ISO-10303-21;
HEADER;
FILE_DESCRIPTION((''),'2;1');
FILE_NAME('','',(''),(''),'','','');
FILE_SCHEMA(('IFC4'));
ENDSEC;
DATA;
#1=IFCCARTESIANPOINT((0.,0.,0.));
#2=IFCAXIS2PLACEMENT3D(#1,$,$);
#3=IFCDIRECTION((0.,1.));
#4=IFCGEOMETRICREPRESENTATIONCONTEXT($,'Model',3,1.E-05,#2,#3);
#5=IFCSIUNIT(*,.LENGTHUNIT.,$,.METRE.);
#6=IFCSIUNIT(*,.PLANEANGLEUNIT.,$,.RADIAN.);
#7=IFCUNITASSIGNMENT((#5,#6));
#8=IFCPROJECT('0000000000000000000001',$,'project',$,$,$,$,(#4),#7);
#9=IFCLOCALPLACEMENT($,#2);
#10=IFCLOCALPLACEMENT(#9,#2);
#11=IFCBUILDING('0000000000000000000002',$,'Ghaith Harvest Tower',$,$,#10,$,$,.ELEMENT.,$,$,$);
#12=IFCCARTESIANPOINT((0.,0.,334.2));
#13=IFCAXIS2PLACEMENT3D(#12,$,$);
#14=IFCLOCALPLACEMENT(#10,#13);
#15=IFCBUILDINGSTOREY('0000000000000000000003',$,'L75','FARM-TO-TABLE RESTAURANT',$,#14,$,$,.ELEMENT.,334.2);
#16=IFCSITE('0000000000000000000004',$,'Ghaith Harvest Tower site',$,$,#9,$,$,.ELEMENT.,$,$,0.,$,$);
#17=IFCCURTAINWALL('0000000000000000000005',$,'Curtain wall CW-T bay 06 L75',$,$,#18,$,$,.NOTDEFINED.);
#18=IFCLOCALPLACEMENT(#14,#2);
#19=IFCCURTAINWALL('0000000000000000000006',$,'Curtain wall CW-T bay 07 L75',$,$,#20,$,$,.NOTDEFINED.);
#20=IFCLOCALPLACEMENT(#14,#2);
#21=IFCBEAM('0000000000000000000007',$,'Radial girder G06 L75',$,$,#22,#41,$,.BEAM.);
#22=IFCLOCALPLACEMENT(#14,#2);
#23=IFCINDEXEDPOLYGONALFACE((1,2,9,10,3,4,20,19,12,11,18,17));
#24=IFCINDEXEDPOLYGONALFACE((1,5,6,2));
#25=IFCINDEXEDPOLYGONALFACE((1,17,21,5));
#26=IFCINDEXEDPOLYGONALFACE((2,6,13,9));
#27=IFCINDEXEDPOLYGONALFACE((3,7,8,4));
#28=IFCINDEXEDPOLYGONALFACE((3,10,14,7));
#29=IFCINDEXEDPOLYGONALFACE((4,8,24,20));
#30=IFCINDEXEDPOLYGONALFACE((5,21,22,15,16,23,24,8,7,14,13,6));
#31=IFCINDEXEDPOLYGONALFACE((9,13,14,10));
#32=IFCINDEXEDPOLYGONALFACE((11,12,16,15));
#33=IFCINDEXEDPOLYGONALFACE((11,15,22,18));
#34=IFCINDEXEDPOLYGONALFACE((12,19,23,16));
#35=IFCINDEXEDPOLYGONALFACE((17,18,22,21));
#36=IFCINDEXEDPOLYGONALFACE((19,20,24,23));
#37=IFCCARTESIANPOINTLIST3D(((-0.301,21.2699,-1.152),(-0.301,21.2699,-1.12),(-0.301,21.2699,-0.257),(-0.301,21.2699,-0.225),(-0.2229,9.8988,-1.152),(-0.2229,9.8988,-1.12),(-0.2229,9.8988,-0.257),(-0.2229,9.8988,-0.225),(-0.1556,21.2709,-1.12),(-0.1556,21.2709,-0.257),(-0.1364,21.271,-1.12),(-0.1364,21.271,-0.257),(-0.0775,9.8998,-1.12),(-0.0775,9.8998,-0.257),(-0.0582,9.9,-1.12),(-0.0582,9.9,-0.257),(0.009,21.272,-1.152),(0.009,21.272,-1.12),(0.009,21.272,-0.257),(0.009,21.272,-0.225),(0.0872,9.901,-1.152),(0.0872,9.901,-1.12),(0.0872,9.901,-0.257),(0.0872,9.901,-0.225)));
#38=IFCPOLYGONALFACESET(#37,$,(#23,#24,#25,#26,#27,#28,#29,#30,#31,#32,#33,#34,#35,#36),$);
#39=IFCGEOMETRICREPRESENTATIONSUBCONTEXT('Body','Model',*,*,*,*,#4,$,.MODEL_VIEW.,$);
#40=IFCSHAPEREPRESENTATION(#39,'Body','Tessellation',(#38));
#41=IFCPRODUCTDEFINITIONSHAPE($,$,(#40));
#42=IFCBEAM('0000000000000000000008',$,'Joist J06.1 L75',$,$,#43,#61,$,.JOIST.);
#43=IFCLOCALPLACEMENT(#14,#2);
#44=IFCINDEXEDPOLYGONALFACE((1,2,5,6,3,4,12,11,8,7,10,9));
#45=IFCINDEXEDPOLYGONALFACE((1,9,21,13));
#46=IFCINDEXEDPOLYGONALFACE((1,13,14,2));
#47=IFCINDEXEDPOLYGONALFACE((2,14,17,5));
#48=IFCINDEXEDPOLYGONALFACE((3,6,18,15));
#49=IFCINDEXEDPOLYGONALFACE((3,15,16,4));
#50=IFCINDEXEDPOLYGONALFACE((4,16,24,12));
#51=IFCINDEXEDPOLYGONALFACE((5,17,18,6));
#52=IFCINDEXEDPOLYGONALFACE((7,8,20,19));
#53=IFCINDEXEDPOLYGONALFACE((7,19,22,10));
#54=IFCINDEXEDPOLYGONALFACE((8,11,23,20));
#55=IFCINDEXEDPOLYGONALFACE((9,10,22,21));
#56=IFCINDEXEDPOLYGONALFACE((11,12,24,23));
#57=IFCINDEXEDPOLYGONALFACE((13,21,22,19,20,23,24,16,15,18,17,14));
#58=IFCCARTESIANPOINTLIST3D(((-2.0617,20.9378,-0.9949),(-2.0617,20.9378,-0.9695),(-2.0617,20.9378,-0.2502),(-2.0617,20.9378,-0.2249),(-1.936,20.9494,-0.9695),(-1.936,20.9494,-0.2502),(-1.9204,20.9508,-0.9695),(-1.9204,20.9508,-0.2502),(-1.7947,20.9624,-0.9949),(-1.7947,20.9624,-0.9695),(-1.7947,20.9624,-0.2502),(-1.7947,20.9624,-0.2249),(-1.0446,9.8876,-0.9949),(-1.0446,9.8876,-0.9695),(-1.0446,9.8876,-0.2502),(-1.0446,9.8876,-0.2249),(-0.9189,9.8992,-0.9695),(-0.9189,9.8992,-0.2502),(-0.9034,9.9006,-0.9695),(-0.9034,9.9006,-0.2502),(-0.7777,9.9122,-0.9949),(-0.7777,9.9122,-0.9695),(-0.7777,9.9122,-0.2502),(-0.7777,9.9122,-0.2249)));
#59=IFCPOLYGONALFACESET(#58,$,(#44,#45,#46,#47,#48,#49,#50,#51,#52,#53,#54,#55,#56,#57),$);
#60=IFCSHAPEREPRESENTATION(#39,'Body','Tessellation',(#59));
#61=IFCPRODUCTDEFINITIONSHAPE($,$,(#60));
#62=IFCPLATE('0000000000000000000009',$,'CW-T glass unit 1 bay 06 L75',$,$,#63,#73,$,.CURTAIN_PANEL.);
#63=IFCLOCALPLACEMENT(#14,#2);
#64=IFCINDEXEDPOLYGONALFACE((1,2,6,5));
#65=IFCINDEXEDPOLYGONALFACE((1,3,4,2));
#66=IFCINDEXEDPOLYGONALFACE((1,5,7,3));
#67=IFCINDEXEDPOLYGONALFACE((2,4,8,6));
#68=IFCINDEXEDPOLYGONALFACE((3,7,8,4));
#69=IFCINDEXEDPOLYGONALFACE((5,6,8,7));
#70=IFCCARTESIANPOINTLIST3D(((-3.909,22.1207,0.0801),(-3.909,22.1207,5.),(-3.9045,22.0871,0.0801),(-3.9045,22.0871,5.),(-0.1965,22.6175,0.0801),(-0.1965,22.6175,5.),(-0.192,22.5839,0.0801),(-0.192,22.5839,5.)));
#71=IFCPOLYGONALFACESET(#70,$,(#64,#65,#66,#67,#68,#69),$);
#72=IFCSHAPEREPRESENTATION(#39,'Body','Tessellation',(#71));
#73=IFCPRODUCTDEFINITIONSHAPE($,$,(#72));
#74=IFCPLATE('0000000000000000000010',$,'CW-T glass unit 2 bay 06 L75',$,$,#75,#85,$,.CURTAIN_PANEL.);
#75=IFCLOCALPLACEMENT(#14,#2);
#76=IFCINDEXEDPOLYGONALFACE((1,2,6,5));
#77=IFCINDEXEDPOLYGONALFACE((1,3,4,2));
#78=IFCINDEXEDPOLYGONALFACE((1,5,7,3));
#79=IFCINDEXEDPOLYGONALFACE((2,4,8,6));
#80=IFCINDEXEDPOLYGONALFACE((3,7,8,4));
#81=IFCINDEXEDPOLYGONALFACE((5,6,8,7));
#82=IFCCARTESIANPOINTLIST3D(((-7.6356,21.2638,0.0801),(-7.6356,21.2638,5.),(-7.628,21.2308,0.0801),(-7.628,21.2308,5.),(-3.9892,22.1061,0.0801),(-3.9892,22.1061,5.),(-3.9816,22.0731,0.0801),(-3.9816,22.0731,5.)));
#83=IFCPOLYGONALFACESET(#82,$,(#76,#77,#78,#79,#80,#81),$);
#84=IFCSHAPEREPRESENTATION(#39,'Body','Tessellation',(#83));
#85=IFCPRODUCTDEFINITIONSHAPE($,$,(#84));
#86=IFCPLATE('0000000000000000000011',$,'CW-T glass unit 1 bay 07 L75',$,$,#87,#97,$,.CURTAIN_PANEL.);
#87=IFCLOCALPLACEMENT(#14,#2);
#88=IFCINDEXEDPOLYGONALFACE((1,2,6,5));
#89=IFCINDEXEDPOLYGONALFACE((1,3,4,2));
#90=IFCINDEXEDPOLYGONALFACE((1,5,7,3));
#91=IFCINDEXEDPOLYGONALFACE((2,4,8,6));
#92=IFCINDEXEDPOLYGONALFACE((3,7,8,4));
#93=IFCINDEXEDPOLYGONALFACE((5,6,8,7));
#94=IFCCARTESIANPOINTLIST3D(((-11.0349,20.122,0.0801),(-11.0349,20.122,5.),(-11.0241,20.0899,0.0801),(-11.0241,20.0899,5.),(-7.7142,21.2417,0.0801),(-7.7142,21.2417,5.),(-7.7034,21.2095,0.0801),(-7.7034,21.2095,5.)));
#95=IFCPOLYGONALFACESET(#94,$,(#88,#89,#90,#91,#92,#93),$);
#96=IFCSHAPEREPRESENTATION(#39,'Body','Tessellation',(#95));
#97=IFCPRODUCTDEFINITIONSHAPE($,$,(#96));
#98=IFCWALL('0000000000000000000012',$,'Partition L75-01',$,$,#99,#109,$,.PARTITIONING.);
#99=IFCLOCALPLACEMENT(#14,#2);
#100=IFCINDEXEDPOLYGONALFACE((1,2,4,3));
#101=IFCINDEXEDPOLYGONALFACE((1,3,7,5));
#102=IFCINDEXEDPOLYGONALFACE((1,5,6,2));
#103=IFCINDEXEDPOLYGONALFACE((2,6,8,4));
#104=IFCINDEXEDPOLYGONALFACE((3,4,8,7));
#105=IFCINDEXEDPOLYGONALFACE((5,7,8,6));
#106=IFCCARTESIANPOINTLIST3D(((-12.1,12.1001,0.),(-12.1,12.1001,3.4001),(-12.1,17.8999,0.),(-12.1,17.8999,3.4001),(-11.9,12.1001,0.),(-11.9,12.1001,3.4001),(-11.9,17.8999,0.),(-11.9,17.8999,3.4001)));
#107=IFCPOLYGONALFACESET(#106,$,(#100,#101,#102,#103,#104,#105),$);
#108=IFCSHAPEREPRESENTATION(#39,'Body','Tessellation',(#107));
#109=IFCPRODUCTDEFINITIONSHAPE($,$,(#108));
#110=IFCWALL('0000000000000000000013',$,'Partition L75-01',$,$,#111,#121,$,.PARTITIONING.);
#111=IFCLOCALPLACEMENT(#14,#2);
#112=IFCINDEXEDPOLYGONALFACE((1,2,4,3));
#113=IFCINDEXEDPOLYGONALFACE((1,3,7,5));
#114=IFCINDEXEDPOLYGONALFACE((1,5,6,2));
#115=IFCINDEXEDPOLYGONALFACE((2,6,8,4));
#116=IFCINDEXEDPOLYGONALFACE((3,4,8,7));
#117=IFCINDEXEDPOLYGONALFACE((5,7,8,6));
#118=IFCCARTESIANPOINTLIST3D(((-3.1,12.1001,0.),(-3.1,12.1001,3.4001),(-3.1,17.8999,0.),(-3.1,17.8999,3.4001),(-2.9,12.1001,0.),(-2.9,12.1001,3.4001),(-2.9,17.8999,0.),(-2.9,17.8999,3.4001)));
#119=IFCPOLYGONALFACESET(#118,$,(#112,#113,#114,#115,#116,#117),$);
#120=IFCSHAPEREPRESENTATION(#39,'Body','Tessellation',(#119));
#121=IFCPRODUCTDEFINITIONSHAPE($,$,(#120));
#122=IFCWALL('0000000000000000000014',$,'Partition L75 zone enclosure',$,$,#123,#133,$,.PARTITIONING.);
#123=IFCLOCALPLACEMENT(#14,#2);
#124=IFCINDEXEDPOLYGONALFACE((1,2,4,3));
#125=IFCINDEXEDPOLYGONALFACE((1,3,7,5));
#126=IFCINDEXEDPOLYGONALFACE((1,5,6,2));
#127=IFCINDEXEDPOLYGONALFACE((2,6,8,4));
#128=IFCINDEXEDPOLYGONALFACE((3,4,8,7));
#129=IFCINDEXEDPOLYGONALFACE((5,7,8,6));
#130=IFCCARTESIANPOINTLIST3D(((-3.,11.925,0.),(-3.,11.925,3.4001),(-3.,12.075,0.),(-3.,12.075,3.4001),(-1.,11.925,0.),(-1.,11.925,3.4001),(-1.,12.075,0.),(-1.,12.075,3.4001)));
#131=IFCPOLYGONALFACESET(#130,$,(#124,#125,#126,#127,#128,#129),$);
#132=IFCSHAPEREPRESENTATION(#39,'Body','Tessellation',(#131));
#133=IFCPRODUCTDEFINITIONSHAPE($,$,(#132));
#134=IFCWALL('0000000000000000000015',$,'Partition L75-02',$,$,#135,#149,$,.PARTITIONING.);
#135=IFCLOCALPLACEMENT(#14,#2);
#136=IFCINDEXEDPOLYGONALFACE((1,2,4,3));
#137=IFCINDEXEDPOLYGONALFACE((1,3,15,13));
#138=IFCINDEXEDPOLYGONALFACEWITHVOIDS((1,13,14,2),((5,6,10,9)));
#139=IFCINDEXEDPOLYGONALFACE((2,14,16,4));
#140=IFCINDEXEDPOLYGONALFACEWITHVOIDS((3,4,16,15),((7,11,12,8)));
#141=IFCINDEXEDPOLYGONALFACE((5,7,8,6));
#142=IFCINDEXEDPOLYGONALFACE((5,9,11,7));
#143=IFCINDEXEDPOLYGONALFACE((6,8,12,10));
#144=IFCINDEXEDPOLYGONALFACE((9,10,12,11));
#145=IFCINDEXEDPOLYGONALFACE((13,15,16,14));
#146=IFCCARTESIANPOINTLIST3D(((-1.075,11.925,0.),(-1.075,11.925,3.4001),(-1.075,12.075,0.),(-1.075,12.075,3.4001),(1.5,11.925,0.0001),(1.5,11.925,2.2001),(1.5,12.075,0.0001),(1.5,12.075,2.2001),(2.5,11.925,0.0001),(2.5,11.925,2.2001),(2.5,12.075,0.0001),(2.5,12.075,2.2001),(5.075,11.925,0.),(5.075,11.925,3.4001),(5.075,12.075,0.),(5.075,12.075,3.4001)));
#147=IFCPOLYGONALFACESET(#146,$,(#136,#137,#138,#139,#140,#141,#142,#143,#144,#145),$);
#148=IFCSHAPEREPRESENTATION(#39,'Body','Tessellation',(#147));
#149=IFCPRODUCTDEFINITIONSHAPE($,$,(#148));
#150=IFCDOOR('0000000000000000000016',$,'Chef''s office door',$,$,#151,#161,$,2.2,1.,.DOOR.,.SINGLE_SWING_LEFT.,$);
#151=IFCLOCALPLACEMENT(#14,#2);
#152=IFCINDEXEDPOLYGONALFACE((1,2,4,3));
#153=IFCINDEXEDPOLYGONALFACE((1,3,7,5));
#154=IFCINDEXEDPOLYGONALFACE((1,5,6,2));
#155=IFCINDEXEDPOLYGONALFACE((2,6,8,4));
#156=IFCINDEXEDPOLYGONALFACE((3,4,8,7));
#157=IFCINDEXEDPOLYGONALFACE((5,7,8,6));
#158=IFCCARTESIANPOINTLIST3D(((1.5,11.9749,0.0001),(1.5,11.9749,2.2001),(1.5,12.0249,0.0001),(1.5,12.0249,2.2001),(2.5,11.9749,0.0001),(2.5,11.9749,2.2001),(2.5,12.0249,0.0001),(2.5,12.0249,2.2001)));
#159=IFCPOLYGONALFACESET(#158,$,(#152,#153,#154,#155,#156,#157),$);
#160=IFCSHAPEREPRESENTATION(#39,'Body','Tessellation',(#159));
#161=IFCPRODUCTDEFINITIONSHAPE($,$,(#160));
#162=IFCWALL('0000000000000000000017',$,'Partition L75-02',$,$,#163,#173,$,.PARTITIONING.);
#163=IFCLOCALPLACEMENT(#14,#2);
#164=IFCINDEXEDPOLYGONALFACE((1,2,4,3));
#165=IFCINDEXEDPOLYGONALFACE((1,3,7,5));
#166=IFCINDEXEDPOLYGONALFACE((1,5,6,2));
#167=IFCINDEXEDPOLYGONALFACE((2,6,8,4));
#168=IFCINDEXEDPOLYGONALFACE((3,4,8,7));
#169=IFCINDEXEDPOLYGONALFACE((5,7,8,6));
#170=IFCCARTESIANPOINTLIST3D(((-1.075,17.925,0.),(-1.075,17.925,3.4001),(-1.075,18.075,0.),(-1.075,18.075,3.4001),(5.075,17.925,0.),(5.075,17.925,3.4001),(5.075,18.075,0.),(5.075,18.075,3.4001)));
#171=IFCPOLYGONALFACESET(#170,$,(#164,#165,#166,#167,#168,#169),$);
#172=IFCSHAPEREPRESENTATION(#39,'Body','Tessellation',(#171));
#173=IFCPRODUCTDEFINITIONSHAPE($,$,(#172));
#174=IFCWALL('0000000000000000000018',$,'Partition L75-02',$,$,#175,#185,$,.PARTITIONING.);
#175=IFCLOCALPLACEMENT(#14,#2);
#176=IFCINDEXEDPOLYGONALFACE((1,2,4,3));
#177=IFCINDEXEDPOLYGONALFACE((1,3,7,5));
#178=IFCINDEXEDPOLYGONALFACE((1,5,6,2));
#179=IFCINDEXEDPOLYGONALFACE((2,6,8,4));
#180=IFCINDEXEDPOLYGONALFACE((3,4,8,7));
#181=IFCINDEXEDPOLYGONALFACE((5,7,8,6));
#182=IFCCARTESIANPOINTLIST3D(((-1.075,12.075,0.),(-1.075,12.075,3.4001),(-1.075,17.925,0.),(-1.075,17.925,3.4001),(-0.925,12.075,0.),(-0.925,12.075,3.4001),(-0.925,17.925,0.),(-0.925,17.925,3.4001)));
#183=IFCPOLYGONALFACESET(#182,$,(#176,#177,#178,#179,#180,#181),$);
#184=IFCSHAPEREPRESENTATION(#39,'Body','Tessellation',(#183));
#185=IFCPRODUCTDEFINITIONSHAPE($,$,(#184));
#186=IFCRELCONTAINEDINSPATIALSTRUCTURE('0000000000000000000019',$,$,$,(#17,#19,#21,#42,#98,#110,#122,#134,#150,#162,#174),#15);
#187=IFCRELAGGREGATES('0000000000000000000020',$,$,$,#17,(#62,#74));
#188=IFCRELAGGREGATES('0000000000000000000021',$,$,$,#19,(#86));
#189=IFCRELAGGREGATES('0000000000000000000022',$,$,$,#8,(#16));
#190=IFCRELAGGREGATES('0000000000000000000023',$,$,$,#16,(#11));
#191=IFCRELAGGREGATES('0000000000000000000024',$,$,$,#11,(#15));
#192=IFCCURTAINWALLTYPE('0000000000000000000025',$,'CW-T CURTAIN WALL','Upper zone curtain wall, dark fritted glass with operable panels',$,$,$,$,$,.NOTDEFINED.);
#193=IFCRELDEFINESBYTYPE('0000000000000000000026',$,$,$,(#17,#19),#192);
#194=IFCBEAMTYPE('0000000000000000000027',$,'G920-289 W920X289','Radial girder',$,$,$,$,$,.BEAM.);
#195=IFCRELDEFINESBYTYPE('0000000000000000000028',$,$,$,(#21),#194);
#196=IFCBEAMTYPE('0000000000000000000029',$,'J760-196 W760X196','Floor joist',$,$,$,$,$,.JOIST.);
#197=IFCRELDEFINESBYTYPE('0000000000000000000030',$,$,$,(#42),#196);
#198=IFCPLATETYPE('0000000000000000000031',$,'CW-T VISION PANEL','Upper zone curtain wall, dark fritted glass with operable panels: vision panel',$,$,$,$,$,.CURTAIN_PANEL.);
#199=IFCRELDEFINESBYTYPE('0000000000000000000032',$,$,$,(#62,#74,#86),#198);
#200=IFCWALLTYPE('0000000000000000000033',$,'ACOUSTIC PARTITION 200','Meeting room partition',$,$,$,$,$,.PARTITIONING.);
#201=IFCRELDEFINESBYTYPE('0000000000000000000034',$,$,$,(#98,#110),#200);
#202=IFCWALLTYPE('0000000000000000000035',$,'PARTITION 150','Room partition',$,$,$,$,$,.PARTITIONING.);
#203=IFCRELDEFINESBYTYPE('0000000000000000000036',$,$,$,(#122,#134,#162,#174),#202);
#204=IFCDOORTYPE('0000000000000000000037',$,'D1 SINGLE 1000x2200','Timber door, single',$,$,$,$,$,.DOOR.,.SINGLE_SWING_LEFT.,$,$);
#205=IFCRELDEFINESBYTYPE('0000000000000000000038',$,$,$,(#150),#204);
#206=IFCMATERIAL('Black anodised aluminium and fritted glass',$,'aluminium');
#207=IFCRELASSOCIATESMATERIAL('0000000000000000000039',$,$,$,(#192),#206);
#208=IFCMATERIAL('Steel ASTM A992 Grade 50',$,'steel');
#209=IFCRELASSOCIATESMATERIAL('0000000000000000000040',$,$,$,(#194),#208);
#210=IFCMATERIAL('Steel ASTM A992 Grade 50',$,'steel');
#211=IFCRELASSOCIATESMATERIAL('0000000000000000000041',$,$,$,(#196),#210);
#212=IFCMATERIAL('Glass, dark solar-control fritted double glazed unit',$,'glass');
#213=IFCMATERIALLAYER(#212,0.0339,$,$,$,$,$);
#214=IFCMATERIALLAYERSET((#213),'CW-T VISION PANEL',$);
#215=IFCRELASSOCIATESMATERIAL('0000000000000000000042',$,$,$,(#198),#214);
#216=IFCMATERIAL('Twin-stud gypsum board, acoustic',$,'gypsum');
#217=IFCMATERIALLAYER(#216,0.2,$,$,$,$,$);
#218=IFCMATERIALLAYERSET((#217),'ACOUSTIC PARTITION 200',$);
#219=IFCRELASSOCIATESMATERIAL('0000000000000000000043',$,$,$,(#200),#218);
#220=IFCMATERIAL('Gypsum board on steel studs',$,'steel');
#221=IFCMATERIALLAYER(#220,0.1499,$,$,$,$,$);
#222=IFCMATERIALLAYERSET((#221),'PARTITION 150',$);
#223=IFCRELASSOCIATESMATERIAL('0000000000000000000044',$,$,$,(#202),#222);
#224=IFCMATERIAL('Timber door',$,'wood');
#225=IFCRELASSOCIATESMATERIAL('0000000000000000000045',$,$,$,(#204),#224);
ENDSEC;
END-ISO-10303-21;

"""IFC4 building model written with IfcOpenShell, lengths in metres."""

from ifc_helpers import new_model, si_unit, direction, frame, frame_2d, origin, origin_2d, place, context, subcontext, project, spatial, rectangle, i_section, extrude, material, layer, layer_set, material_profile, profile_set, type_object, element, fill, aggregate, save


model = new_model("IFC4")

# Units and contexts
model_context = context("Model", 3, precision=1e-05, world=origin(), true_north=direction((0.0, 1.0)))
body_context = subcontext(model_context, "Body", "Model", "MODEL_VIEW")
ifc_project = project(units=[si_unit("LENGTHUNIT", "METRE"), si_unit("PLANEANGLEUNIT", "RADIAN")], contexts=[model_context])

# Site, building, storey
site_placement = place(None, origin())
site = spatial("IfcSite", under=ifc_project, at=site_placement, Name="Ghaith Harvest Tower site", CompositionType="ELEMENT", RefElevation=0.0)
building_placement = place(site_placement, origin())
building = spatial("IfcBuilding", under=site, at=building_placement, Name="Ghaith Harvest Tower", CompositionType="ELEMENT")
storey_placement = place(building_placement, frame((0.0, 0.0, 334.2)))
storey = spatial("IfcBuildingStorey", under=building, at=storey_placement, Name="L75", Description="FARM-TO-TABLE RESTAURANT", CompositionType="ELEMENT", Elevation=334.2)

# Curtain walls
ifc_material_1 = material(Name="Black anodised aluminium and fritted glass", Category="aluminium")
curtain_wall_type = type_object("IfcCurtainWallType", Name="CW-T CURTAIN WALL", Description="Upper zone curtain wall, dark fritted glass with operable panels", PredefinedType="NOTDEFINED", material=ifc_material_1)
curtain_wall_1_placement = place(storey_placement, origin())
curtain_wall_1 = element("IfcCurtainWall", 1, at=curtain_wall_1_placement, inside=storey, type_object=curtain_wall_type, Name="Curtain wall CW-T bay 06 L75", PredefinedType="NOTDEFINED")
curtain_wall_2_placement = place(storey_placement, origin())
curtain_wall_2 = element("IfcCurtainWall", 2, at=curtain_wall_2_placement, inside=storey, type_object=curtain_wall_type, Name="Curtain wall CW-T bay 07 L75", PredefinedType="NOTDEFINED")

# Beams
ifc_material_2 = material(Name="Steel ASTM A992 Grade 50", Category="steel")
ifc_material_profile_1 = material_profile(ifc_material_2, i_section(OverallWidth=0.3101, OverallDepth=0.927, WebThickness=0.0193, FlangeThickness=0.032, at=origin_2d()), Name="W920X289")
ifc_profile_set_1 = profile_set([ifc_material_profile_1], Name="Steel ASTM A992 Grade 50")
beam_type_1 = type_object("IfcBeamType", Name="G920-289 W920X289", Description="Radial girder", PredefinedType="BEAM", material=ifc_profile_set_1)
beam_1_placement = place(storey_placement, frame((-0.0679, 9.8999, -0.6885), z_axis=(-0.00687, 0.999976, 0.0), x_axis=(-0.999976, -0.00687, 0.0)))
element("IfcBeam", 3, at=beam_1_placement, inside=storey, type_object=beam_type_1, Name="Radial girder G06 L75", PredefinedType="BEAM", context=body_context, shape_type="SweptSolid", body=[
    extrude(i_section(OverallWidth=0.3101, OverallDepth=0.927, WebThickness=0.0193, FlangeThickness=0.032, at=origin_2d()), origin(), (0.0, 0.0, 1.0), 11.3713),
])
ifc_material_3 = material(Name="Steel ASTM A992 Grade 50", Category="steel")
ifc_material_profile_2 = material_profile(ifc_material_3, i_section(OverallWidth=0.2681, OverallDepth=0.77, WebThickness=0.0156, FlangeThickness=0.0254, at=origin_2d()), Name="W760X196")
ifc_profile_set_2 = profile_set([ifc_material_profile_2], Name="Steel ASTM A992 Grade 50")
beam_type_2 = type_object("IfcBeamType", Name="J760-196 W760X196", Description="Floor joist", PredefinedType="JOIST", material=ifc_profile_set_2)
beam_2_placement = place(storey_placement, frame((-0.9111, 9.8999, -0.6099), z_axis=(-0.091654, 0.995791, 0.0), x_axis=(-0.995791, -0.091654, 0.0)))
element("IfcBeam", 4, at=beam_2_placement, inside=storey, type_object=beam_type_2, Name="Joist J06.1 L75", PredefinedType="JOIST", context=body_context, shape_type="SweptSolid", body=[
    extrude(i_section(OverallWidth=0.2681, OverallDepth=0.77, WebThickness=0.0156, FlangeThickness=0.0254, at=origin_2d()), origin(), (0.0, 0.0, 1.0), 11.0969),
])

# Plates
ifc_material_4 = material(Name="Glass, dark solar-control fritted double glazed unit", Category="glass")
ifc_layer_1 = layer(ifc_material_4, 0.0339)
ifc_layer_set_1 = layer_set([ifc_layer_1], Name="CW-T VISION PANEL")
plate_type = type_object("IfcPlateType", Name="CW-T VISION PANEL", Description="Upper zone curtain wall, dark fritted glass with operable panels: vision panel", PredefinedType="CURTAIN_PANEL", material=ifc_layer_set_1)
plate_1_placement = place(storey_placement, frame((-2.0505, 22.3523, 0.0801), z_axis=(0.0, 0.0, 1.0), x_axis=(-0.991165, -0.132633, 0.0)))
plate_1 = element("IfcPlate", 5, at=plate_1_placement, type_object=plate_type, Name="CW-T glass unit 1 bay 06 L75", PredefinedType="CURTAIN_PANEL", context=body_context, shape_type="SweptSolid", body=[
    extrude(rectangle(XDim=3.7456, YDim=0.0339, at=origin_2d()), origin(), (0.0, 0.0, 1.0), 4.9199),
])
plate_2_placement = place(storey_placement, frame((-5.8086, 21.6685, 0.0801), z_axis=(0.0, 0.0, 1.0), x_axis=(-0.974342, -0.225072, 0.0)))
plate_2 = element("IfcPlate", 6, at=plate_2_placement, type_object=plate_type, Name="CW-T glass unit 2 bay 06 L75", PredefinedType="CURTAIN_PANEL", context=body_context, shape_type="SweptSolid", body=[
    extrude(rectangle(XDim=3.7424, YDim=0.0339, at=origin_2d()), origin(), (0.0, 0.0, 1.0), 4.9199),
])
aggregate(curtain_wall_1, [plate_1, plate_2])
plate_3_placement = place(storey_placement, frame((-9.3691, 20.6658, 0.0801), z_axis=(0.0, 0.0, 1.0), x_axis=(-0.947586, -0.3195, 0.0)))
plate_3 = element("IfcPlate", 7, at=plate_3_placement, type_object=plate_type, Name="CW-T glass unit 1 bay 07 L75", PredefinedType="CURTAIN_PANEL", context=body_context, shape_type="SweptSolid", body=[
    extrude(rectangle(XDim=3.5044, YDim=0.0339, at=origin_2d()), origin(), (0.0, 0.0, 1.0), 4.9199),
])
aggregate(curtain_wall_2, [plate_3])

# Walls
ifc_material_5 = material(Name="Twin-stud gypsum board, acoustic", Category="gypsum")
ifc_layer_2 = layer(ifc_material_5, 0.2)
ifc_layer_set_2 = layer_set([ifc_layer_2], Name="ACOUSTIC PARTITION 200")
wall_type_1 = type_object("IfcWallType", Name="ACOUSTIC PARTITION 200", Description="Meeting room partition", PredefinedType="PARTITIONING", material=ifc_layer_set_2)
for number, where, z_axis, x_axis, name in (
    (8, (-12.0, 12.1001, 0.0), (0.0, 0.0, 1.0), (0.0, 1.0, 0.0), "Partition L75-01"),
    (9, (-3.0, 12.1001, 0.0), (0.0, 0.0, 1.0), (0.0, 1.0, 0.0), "Partition L75-01"),
):
    element("IfcWall", number, at=place(storey_placement, frame(where, z_axis=z_axis, x_axis=x_axis)), inside=storey, type_object=wall_type_1, Name=name, PredefinedType="PARTITIONING", context=body_context, shape_type="SweptSolid", body=[
        extrude(rectangle(XDim=5.7998, YDim=0.2, at=frame_2d((2.8999, 0.0))), origin(), (0.0, 0.0, 1.0), 3.4001),
    ])
ifc_material_6 = material(Name="Gypsum board on steel studs", Category="steel")
ifc_layer_3 = layer(ifc_material_6, 0.1499)
ifc_layer_set_3 = layer_set([ifc_layer_3], Name="PARTITION 150")
wall_type_2 = type_object("IfcWallType", Name="PARTITION 150", Description="Room partition", PredefinedType="PARTITIONING", material=ifc_layer_set_3)
wall_1_placement = place(storey_placement, frame((-1.0, 12.0, 0.0), z_axis=(0.0, 0.0, 1.0), x_axis=(-1.0, 0.0, 0.0)))
element("IfcWall", 10, at=wall_1_placement, inside=storey, type_object=wall_type_2, Name="Partition L75 zone enclosure", PredefinedType="PARTITIONING", context=body_context, shape_type="SweptSolid", body=[
    extrude(rectangle(XDim=2.0, YDim=0.1499, at=frame_2d((1.0, 0.0))), origin(), (0.0, 0.0, 1.0), 3.4001),
])

# Wall, opening, door
wall_2_placement = place(storey_placement, frame((-1.075, 12.0, 0.0), z_axis=(0.0, 0.0, 1.0), x_axis=(1.0, 0.0, 0.0)))
wall_2 = element("IfcWall", 11, at=wall_2_placement, inside=storey, type_object=wall_type_2, Name="Partition L75-02", PredefinedType="PARTITIONING", context=body_context, shape_type="SweptSolid", body=[
    extrude(rectangle(XDim=6.1499, YDim=0.1499, at=frame_2d((3.075, 0.0))), origin(), (0.0, 0.0, 1.0), 3.4001),
])
opening_placement = place(wall_2_placement, frame((2.575, 0.0, 0.0)))
opening = element("IfcOpeningElement", 12, at=opening_placement, cuts=wall_2, PredefinedType="OPENING", context=body_context, shape_type="SweptSolid", body=[
    extrude(rectangle(XDim=1.0, YDim=2.2, at=frame_2d((0.5, 1.1001))), frame((0.0, 0.085, 0.0), z_axis=(0.0, -1.0, 0.0), x_axis=(1.0, 0.0, 0.0)), (0.0, 0.0, 1.0), 0.1699),
])
ifc_material_7 = material(Name="Timber door", Category="wood")
door_type = type_object("IfcDoorType", Name="D1 SINGLE 1000x2200", Description="Timber door, single", OperationType="SINGLE_SWING_LEFT", PredefinedType="DOOR", material=ifc_material_7)
door_placement = place(opening_placement, origin())
door = element("IfcDoor", 13, at=door_placement, inside=storey, type_object=door_type, Name="Chef's office door", OperationType="SINGLE_SWING_LEFT", OverallHeight=2.2, OverallWidth=1.0, PredefinedType="DOOR", context=body_context, shape_type="SweptSolid", body=[
    extrude(rectangle(XDim=1.0, YDim=2.2, at=frame_2d((0.5, 1.1001))), frame((0.0, 0.0249, 0.0), z_axis=(0.0, -1.0, 0.0), x_axis=(1.0, 0.0, 0.0)), (0.0, 0.0, 1.0), 0.05),
])
fill(opening, door)

# Walls
wall_3_placement = place(storey_placement, frame((-1.075, 18.0, 0.0), z_axis=(0.0, 0.0, 1.0), x_axis=(1.0, 0.0, 0.0)))
element("IfcWall", 14, at=wall_3_placement, inside=storey, type_object=wall_type_2, Name="Partition L75-02", PredefinedType="PARTITIONING", context=body_context, shape_type="SweptSolid", body=[
    extrude(rectangle(XDim=6.1499, YDim=0.1499, at=frame_2d((3.075, 0.0))), origin(), (0.0, 0.0, 1.0), 3.4001),
])
wall_4_placement = place(storey_placement, frame((-1.0, 12.075, 0.0), z_axis=(0.0, 0.0, 1.0), x_axis=(0.0, 1.0, 0.0)))
element("IfcWall", 15, at=wall_4_placement, inside=storey, type_object=wall_type_2, Name="Partition L75-02", PredefinedType="PARTITIONING", context=body_context, shape_type="SweptSolid", body=[
    extrude(rectangle(XDim=5.8501, YDim=0.1499, at=frame_2d((2.925, 0.0))), origin(), (0.0, 0.0, 1.0), 3.4001),
])

save(model, "model.ifc")
